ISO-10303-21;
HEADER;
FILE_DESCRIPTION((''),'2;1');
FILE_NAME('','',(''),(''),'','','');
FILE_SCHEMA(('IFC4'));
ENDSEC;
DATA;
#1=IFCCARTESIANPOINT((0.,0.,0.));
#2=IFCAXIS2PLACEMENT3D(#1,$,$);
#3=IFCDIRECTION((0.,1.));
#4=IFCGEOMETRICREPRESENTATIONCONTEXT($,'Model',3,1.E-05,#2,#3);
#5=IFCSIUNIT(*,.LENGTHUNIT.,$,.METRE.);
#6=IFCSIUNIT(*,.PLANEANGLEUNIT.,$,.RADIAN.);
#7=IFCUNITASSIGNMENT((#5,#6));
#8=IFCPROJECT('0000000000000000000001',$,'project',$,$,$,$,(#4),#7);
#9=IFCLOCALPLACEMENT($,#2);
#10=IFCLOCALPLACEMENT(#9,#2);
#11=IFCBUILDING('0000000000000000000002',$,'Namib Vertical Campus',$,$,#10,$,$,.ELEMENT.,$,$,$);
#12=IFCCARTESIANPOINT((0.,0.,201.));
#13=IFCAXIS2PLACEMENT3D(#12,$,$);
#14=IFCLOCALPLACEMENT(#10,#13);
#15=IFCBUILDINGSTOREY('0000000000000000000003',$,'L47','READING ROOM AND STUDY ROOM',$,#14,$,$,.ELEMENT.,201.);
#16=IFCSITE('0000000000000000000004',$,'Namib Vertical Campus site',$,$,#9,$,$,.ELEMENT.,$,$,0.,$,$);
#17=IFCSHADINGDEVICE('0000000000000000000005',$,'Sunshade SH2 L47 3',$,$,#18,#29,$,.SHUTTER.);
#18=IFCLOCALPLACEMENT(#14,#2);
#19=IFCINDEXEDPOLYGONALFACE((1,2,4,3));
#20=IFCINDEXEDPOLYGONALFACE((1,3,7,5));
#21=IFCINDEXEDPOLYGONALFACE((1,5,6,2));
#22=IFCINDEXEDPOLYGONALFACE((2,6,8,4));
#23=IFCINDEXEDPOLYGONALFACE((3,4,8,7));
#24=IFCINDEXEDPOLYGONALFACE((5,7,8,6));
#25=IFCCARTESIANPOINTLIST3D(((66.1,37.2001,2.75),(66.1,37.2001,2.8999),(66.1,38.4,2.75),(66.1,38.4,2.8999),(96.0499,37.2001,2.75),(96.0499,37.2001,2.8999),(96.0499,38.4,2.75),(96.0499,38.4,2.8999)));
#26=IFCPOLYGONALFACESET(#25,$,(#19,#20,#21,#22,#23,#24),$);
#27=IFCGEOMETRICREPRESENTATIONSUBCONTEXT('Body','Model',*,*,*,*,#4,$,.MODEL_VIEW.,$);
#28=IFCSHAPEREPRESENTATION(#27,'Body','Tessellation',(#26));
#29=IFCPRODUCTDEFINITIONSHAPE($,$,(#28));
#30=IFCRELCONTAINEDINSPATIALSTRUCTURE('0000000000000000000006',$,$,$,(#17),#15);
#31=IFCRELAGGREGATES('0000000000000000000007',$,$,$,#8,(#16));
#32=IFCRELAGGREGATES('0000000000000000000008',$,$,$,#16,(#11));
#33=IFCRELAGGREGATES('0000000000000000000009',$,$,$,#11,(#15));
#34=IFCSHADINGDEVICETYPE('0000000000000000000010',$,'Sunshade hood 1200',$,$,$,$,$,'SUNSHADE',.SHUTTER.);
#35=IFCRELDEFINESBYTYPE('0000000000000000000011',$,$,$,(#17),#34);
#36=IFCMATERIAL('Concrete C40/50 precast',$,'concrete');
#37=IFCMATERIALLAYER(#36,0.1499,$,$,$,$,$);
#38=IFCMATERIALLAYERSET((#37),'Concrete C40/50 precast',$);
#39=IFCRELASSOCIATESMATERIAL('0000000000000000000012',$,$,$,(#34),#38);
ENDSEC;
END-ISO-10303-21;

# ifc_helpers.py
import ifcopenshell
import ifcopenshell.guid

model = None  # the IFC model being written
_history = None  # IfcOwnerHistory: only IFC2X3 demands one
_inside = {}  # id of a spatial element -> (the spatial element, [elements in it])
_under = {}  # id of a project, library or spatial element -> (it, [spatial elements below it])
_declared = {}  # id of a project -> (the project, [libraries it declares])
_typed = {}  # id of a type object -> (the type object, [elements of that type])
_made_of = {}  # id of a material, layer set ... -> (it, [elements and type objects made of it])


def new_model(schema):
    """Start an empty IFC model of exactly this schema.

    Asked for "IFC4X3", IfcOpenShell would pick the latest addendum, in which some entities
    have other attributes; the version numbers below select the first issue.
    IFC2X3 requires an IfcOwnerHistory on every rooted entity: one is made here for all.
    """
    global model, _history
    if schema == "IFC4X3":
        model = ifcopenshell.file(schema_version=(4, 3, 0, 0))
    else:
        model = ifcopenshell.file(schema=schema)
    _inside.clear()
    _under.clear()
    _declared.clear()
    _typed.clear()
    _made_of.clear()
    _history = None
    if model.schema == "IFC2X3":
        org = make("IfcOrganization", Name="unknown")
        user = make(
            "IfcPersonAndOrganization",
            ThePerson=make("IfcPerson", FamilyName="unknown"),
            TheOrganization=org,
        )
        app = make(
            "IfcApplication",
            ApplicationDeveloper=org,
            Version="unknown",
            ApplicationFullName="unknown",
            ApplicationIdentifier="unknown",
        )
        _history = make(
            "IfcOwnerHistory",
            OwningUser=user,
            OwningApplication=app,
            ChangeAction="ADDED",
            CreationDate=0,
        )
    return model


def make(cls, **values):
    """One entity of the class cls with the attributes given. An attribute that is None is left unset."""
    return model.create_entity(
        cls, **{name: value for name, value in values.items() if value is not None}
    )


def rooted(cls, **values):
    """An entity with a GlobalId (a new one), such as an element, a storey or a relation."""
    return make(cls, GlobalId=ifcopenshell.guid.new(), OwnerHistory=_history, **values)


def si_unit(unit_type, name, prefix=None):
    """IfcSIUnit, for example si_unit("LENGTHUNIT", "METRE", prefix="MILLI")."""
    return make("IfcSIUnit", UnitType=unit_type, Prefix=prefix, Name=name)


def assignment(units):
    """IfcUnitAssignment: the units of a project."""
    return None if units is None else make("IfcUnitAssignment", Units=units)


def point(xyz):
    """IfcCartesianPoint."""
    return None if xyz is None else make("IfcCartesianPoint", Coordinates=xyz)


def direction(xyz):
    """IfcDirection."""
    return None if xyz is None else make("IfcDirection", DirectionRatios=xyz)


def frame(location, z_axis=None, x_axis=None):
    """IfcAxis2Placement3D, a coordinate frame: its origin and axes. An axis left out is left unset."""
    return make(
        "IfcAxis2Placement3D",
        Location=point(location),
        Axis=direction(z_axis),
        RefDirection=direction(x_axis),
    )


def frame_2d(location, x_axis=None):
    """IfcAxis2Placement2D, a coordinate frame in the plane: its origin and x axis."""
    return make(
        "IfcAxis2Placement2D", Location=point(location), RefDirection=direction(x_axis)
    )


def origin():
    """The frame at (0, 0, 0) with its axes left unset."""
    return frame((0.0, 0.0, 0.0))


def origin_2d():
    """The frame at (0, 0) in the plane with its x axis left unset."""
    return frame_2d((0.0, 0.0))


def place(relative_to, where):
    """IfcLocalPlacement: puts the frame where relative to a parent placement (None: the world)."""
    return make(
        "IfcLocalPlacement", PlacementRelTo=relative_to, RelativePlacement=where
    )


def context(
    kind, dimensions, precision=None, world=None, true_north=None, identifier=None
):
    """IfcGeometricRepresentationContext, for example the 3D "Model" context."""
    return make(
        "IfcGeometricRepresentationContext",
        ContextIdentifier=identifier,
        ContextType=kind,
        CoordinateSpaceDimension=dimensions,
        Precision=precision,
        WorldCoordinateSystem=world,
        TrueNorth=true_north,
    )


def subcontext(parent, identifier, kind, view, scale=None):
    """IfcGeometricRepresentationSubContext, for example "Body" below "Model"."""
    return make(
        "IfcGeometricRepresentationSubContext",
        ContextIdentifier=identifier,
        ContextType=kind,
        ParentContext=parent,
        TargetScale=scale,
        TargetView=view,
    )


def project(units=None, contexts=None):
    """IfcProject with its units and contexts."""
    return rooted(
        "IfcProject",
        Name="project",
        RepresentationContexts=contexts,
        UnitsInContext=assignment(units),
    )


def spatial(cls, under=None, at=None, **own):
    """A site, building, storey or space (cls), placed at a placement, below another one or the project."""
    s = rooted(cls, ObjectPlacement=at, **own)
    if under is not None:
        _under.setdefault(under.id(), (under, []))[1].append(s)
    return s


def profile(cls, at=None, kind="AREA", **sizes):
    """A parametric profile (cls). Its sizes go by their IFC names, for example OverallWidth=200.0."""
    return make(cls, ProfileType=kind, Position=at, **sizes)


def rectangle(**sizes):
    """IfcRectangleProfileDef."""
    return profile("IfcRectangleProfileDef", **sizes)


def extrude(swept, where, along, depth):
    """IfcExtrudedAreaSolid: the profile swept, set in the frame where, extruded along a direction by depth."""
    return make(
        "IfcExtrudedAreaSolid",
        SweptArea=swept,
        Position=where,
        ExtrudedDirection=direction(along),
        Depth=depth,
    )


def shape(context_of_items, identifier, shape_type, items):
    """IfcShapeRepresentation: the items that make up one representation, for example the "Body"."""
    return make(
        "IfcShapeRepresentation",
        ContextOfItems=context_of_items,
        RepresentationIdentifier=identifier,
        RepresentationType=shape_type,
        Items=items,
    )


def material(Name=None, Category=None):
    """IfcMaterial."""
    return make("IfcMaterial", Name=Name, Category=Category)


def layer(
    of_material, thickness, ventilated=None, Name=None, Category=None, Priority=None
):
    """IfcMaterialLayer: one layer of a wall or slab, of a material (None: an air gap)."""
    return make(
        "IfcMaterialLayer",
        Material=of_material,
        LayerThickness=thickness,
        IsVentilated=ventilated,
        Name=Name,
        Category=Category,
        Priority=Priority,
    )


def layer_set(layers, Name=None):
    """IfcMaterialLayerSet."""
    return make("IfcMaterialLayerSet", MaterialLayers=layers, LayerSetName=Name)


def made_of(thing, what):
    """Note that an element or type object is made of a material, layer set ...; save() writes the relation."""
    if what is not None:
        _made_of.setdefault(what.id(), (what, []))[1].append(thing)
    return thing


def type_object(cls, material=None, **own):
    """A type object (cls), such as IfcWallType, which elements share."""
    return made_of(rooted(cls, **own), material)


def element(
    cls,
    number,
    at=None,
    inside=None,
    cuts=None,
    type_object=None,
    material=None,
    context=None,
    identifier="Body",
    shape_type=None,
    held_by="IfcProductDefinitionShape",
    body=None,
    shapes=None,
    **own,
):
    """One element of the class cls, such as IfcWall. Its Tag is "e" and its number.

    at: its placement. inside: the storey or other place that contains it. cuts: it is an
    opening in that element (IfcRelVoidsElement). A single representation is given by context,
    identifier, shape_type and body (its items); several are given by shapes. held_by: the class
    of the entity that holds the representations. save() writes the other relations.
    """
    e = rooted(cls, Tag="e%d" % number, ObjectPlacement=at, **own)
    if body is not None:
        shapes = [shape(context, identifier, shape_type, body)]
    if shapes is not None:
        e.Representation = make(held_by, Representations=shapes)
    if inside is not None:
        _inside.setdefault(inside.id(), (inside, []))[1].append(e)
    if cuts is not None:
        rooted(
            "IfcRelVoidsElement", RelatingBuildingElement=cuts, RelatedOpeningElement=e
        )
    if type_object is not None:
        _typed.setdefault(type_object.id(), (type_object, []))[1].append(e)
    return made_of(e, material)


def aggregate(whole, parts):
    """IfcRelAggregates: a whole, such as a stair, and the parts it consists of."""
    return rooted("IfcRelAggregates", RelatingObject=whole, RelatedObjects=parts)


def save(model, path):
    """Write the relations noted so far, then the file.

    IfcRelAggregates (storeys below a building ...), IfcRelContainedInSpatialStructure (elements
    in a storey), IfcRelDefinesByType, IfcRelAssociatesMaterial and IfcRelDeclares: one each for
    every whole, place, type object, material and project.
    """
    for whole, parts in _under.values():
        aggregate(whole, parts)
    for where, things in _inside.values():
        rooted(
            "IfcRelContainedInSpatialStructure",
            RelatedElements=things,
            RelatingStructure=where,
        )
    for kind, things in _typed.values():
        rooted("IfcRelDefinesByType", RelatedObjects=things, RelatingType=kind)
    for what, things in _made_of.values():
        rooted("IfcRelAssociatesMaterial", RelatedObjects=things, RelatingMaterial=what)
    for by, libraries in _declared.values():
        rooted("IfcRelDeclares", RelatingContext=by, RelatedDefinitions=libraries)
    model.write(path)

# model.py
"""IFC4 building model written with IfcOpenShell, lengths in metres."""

from ifc_helpers import new_model, si_unit, direction, frame, origin, origin_2d, place, context, subcontext, project, spatial, rectangle, extrude, material, layer, layer_set, type_object, element, save


model = new_model("IFC4")

# Units and contexts
model_context = context("Model", 3, precision=1e-05, world=origin(), true_north=direction((0.0, 1.0)))
body_context = subcontext(model_context, "Body", "Model", "MODEL_VIEW")
ifc_project = project(units=[si_unit("LENGTHUNIT", "METRE"), si_unit("PLANEANGLEUNIT", "RADIAN")], contexts=[model_context])

# Site, building, storey
site_placement = place(None, origin())
site = spatial("IfcSite", under=ifc_project, at=site_placement, Name="Namib Vertical Campus site", CompositionType="ELEMENT", RefElevation=0.0)
building_placement = place(site_placement, origin())
building = spatial("IfcBuilding", under=site, at=building_placement, Name="Namib Vertical Campus", CompositionType="ELEMENT")
storey_placement = place(building_placement, frame((0.0, 0.0, 201.0)))
storey = spatial("IfcBuildingStorey", under=building, at=storey_placement, Name="L47", Description="READING ROOM AND STUDY ROOM", CompositionType="ELEMENT", Elevation=201.0)

# Shading device
ifc_material_1 = material(Name="Concrete C40/50 precast", Category="concrete")
ifc_layer_1 = layer(ifc_material_1, 0.1499)
ifc_layer_set_1 = layer_set([ifc_layer_1], Name="Concrete C40/50 precast")
shading_device_type = type_object("IfcShadingDeviceType", Name="Sunshade hood 1200", ElementType="SUNSHADE", PredefinedType="SHUTTER", material=ifc_layer_set_1)
shading_device_placement = place(storey_placement, frame((81.075, 37.8, 2.75), z_axis=(0.0, 0.0, 1.0), x_axis=(-1.0, 0.0, 0.0)))
element("IfcShadingDevice", 1, at=shading_device_placement, inside=storey, type_object=shading_device_type, Name="Sunshade SH2 L47 3", PredefinedType="SHUTTER", context=body_context, shape_type="SweptSolid", body=[
    extrude(rectangle(XDim=29.95, YDim=1.2, at=origin_2d()), origin(), (0.0, 0.0, 1.0), 0.1499),
])

save(model, "model.ifc")
